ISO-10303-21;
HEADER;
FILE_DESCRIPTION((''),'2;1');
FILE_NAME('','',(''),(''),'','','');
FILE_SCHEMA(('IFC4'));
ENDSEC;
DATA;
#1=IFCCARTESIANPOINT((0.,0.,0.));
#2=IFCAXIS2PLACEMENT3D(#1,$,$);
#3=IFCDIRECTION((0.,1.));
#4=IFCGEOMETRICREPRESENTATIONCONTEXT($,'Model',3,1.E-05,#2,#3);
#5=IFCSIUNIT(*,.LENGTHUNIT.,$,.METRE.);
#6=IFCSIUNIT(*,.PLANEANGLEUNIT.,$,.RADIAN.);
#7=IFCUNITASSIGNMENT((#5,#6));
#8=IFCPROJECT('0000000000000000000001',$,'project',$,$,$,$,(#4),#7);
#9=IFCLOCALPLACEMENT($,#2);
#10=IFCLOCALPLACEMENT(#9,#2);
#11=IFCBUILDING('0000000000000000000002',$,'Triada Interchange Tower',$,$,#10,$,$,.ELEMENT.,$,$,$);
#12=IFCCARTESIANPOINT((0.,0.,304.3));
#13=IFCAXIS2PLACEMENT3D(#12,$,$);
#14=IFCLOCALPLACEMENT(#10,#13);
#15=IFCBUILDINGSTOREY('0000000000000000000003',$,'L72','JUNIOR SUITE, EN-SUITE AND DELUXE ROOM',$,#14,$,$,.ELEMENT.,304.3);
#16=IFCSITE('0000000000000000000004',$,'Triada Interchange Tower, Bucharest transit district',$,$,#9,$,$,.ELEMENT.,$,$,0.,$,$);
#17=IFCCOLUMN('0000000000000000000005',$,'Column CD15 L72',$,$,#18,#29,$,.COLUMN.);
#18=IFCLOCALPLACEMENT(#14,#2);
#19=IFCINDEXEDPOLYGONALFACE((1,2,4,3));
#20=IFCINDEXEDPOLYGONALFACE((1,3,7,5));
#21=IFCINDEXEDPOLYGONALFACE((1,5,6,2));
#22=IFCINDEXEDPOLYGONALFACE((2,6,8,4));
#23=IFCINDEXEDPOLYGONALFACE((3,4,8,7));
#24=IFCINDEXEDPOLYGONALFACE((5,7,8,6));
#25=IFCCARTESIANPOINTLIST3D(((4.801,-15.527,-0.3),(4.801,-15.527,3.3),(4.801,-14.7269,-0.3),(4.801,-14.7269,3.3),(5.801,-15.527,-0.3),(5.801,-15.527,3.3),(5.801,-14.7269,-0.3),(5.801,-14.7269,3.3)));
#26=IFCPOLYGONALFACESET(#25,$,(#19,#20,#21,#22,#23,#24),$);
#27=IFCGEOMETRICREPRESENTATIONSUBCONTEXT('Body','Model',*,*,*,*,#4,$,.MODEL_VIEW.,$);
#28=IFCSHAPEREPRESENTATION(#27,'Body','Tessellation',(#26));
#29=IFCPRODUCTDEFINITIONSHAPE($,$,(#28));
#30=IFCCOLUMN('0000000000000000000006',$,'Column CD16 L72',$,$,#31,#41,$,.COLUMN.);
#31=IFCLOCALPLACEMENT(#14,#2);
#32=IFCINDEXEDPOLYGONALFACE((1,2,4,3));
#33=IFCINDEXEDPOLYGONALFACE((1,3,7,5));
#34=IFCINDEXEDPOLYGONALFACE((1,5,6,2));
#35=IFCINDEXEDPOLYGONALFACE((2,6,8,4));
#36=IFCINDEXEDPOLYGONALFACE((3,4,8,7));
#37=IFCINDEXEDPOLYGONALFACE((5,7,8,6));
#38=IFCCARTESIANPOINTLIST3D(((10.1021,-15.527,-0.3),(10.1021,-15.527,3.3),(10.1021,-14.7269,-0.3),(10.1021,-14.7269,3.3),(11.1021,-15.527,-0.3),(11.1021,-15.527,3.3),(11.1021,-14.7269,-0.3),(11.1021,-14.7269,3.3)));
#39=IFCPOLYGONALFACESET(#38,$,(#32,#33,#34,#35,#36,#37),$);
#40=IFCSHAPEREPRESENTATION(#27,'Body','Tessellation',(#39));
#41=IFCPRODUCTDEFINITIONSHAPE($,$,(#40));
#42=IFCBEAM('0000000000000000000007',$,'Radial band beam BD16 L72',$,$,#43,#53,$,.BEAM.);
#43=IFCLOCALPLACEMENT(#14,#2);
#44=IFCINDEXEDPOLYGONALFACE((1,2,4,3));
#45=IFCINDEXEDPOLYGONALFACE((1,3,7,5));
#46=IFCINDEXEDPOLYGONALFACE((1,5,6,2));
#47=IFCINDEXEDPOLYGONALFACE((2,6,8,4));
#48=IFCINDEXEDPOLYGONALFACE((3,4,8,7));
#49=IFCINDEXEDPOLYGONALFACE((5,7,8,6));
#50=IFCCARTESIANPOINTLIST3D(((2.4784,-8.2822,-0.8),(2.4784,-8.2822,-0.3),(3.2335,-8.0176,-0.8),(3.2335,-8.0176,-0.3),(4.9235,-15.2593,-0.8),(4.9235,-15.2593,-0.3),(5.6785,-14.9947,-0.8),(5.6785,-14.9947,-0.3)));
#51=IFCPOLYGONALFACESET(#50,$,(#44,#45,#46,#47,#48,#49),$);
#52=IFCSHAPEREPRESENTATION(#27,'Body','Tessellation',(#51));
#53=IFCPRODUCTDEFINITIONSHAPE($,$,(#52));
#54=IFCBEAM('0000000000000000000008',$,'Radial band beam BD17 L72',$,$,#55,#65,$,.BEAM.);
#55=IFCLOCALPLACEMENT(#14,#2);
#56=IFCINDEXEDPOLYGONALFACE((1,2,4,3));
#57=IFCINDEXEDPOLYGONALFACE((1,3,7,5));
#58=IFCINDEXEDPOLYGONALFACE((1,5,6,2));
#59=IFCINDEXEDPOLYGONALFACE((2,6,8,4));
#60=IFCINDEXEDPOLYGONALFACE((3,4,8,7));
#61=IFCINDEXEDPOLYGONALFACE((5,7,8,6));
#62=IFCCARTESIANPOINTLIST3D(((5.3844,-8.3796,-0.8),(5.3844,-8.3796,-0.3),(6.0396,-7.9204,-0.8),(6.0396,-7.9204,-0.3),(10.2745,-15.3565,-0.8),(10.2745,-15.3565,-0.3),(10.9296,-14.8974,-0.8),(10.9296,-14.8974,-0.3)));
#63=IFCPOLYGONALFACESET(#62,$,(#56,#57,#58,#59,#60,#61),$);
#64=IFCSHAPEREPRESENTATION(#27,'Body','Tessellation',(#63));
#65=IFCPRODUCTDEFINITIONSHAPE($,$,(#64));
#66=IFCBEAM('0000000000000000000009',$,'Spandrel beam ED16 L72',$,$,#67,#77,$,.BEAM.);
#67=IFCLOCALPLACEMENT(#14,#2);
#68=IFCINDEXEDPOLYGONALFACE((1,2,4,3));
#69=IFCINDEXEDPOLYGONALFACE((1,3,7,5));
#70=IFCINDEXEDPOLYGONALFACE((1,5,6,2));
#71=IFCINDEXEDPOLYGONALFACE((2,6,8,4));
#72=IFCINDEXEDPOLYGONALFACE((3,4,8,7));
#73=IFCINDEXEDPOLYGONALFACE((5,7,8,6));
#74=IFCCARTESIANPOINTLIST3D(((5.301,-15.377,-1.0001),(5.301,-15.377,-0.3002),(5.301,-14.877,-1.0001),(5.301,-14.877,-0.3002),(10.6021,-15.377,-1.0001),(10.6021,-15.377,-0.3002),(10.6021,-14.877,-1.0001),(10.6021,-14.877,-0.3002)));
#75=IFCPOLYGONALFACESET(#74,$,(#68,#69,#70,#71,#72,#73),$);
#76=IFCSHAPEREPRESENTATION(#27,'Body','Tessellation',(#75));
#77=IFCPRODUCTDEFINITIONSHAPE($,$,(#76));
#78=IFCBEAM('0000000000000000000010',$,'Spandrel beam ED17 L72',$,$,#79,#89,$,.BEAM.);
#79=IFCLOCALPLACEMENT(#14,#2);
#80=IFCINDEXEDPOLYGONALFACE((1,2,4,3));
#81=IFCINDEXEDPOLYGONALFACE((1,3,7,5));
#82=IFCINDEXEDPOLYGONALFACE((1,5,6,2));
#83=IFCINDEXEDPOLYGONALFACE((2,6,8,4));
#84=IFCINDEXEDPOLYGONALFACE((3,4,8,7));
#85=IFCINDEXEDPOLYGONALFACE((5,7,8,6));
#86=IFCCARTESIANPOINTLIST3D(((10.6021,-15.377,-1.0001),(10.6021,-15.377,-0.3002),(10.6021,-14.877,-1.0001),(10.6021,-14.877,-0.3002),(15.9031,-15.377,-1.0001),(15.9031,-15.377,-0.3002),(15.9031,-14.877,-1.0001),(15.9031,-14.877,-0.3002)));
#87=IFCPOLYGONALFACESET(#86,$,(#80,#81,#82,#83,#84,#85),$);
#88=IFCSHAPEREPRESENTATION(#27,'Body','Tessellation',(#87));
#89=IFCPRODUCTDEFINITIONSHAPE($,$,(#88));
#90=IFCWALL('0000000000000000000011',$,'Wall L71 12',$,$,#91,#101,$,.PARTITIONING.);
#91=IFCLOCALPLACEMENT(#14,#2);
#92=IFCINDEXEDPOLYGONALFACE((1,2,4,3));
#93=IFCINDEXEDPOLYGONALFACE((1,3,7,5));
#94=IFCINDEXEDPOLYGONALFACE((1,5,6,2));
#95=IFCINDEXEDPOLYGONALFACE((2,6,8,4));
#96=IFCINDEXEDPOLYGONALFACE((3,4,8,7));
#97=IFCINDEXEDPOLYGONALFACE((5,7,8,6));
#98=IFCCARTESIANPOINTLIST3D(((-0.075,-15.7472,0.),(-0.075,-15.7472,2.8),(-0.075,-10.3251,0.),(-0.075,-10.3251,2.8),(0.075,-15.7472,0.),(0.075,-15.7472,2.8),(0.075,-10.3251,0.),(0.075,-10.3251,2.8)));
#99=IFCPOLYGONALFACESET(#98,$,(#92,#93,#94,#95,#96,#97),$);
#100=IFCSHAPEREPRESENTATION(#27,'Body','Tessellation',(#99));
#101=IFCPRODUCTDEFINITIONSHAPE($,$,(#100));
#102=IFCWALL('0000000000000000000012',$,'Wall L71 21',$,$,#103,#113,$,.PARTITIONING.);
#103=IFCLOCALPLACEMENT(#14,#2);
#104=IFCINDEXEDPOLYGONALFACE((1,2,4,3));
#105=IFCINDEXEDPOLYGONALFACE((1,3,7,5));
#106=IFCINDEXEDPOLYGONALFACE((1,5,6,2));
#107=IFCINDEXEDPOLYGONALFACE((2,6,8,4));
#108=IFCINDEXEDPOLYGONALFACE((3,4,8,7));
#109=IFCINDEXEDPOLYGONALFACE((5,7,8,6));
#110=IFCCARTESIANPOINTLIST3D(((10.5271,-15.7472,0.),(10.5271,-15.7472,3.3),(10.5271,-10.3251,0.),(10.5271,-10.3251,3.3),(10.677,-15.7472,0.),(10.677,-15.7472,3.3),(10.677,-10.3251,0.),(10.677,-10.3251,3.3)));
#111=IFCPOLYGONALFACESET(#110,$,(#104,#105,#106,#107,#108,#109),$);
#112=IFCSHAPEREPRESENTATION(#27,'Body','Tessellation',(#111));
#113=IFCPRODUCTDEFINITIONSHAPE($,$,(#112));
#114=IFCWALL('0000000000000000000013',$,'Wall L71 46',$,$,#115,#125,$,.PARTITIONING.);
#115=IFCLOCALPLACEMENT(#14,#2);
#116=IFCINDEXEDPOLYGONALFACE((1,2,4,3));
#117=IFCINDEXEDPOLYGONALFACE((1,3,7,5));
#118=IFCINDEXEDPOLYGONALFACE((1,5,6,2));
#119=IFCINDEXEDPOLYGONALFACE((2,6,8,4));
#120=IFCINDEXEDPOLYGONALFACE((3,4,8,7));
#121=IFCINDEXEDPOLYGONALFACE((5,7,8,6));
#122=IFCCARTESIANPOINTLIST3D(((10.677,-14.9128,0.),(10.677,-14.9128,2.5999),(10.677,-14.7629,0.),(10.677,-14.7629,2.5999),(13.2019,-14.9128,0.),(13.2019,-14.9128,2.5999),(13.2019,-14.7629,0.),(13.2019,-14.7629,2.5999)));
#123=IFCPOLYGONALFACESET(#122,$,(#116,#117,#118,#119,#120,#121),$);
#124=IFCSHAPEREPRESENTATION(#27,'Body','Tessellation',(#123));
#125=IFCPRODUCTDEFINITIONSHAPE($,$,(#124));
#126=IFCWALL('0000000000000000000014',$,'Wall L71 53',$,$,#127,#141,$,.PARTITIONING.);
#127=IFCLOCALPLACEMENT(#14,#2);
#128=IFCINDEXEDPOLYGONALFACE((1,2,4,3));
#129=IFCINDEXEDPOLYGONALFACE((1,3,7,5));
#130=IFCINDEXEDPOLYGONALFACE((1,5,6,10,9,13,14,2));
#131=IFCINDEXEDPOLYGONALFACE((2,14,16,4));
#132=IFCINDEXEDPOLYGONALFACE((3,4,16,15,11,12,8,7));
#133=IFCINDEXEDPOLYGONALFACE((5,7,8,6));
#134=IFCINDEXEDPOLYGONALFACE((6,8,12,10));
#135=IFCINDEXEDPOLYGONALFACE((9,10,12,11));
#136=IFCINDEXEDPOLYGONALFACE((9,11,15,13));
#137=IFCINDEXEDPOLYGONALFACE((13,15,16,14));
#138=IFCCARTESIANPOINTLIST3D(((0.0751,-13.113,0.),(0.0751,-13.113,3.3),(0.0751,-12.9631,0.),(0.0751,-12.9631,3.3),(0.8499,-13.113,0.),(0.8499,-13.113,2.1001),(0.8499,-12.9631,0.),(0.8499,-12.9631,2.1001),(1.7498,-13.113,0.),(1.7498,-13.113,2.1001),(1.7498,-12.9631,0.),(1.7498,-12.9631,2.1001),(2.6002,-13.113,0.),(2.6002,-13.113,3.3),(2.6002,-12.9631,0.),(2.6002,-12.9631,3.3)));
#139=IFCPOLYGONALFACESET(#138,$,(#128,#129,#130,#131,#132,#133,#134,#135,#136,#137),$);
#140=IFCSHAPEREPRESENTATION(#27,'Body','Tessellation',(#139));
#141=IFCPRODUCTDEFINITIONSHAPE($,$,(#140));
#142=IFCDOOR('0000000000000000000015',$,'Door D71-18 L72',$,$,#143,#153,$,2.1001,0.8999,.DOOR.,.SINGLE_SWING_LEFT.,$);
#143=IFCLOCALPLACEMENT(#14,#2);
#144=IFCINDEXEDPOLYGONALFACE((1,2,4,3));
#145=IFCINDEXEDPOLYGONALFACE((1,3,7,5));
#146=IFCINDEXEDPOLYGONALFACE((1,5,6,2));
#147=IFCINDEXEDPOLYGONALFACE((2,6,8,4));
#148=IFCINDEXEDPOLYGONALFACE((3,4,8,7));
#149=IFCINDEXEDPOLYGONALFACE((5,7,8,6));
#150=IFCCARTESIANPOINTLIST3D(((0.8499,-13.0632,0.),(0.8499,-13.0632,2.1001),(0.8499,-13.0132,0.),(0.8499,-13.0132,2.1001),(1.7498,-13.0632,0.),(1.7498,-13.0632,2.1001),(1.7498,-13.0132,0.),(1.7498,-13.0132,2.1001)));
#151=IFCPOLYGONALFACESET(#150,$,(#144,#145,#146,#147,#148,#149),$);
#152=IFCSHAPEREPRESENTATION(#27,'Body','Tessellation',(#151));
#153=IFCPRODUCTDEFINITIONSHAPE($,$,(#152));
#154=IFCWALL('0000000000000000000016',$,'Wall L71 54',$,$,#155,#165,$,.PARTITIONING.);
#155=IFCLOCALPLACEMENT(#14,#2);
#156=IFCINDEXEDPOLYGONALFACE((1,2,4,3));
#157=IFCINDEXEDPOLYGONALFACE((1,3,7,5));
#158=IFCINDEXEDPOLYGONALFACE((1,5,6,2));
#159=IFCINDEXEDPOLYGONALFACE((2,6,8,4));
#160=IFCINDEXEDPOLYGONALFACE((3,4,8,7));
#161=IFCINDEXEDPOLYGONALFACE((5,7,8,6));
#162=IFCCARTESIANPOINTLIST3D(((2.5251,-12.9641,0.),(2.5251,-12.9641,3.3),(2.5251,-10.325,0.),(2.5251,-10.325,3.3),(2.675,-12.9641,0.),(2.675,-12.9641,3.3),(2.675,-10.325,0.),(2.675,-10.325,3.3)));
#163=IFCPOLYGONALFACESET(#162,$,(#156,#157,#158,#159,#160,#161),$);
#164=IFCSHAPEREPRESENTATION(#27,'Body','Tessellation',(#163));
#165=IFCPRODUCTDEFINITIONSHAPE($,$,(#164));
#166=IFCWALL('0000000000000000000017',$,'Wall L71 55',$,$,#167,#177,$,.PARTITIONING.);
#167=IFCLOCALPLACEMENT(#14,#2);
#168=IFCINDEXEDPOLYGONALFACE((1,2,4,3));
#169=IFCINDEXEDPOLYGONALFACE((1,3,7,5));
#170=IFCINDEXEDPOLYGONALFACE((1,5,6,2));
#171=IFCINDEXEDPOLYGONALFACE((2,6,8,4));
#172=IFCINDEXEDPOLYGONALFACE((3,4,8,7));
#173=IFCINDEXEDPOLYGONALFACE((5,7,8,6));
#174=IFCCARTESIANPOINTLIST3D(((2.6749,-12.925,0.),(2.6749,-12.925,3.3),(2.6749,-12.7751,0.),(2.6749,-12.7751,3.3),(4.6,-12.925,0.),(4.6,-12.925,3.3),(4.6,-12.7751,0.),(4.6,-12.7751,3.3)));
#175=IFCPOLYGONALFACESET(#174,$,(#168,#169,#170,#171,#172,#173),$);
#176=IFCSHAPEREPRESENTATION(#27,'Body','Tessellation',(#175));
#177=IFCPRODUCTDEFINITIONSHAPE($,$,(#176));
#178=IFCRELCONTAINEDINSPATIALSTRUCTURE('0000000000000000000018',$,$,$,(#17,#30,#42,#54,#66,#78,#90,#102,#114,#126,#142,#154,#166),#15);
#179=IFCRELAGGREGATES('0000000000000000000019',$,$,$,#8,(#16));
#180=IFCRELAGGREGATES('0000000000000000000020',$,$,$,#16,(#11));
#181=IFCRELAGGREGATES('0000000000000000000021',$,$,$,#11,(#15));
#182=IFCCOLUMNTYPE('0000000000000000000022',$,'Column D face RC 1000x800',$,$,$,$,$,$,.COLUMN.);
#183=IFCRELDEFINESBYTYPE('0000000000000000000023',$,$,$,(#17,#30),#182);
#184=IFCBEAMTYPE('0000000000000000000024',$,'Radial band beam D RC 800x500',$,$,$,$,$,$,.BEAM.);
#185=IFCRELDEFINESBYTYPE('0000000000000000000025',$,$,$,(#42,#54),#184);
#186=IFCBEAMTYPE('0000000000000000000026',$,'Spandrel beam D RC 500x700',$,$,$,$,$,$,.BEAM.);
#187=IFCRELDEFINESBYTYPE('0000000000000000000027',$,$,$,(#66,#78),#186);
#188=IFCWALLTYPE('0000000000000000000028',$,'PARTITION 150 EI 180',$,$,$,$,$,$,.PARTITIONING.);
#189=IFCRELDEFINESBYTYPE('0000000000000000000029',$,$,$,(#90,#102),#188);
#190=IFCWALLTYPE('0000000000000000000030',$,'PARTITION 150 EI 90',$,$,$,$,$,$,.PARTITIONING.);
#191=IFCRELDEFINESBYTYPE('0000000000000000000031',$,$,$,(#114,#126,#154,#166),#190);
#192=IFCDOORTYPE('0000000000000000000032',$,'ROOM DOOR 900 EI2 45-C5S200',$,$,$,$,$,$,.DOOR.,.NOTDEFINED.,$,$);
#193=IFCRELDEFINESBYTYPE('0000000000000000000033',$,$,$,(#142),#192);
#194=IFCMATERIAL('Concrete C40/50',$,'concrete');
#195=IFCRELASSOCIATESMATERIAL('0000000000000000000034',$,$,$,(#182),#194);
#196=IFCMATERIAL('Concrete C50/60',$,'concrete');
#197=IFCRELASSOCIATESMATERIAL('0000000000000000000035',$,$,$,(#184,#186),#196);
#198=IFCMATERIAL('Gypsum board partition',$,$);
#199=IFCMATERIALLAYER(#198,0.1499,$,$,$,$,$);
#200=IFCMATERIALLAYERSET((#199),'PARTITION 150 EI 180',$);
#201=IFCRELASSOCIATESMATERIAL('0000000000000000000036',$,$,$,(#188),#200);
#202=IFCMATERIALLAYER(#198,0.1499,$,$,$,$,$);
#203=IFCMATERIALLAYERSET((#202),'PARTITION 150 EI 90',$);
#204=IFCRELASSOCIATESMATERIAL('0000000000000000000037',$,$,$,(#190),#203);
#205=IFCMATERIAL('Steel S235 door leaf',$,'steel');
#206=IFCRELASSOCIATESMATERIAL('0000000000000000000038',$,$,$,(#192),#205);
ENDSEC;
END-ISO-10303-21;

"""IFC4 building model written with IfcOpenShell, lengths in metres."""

from ifc_helpers import new_model, si_unit, direction, frame, frame_2d, origin, origin_2d, place, context, subcontext, project, spatial, rectangle, extrude, material, layer, layer_set, material_profile, profile_set, type_object, element, fill, save


model = new_model("IFC4")

# Units and contexts
model_context = context("Model", 3, precision=1e-05, world=origin(), true_north=direction((0.0, 1.0)))
body_context = subcontext(model_context, "Body", "Model", "MODEL_VIEW")
ifc_project = project(units=[si_unit("LENGTHUNIT", "METRE"), si_unit("PLANEANGLEUNIT", "RADIAN")], contexts=[model_context])

# Site, building, storey
site_placement = place(None, origin())
site = spatial("IfcSite", under=ifc_project, at=site_placement, Name="Triada Interchange Tower, Bucharest transit district", CompositionType="ELEMENT", RefElevation=0.0)
building_placement = place(site_placement, origin())
building = spatial("IfcBuilding", under=site, at=building_placement, Name="Triada Interchange Tower", CompositionType="ELEMENT")
storey_placement = place(building_placement, frame((0.0, 0.0, 304.3)))
storey = spatial("IfcBuildingStorey", under=building, at=storey_placement, Name="L72", Description="JUNIOR SUITE, EN-SUITE AND DELUXE ROOM", CompositionType="ELEMENT", Elevation=304.3)

# Columns
ifc_material_1 = material(Name="Concrete C40/50", Category="concrete")
ifc_material_profile_1 = material_profile(ifc_material_1, rectangle(XDim=1.0, YDim=0.8, at=origin_2d()), Name="RC 1000x800")
ifc_profile_set_1 = profile_set([ifc_material_profile_1], Name="Concrete C40/50")
column_type = type_object("IfcColumnType", Name="Column D face RC 1000x800", PredefinedType="COLUMN", material=ifc_profile_set_1)
for number, where, z_axis, x_axis, name in (
    (1, (5.301, -15.127, -0.3), (0.0, 0.0, 1.0), (1.0, 0.0, 0.0), "Column CD15 L72"),
    (2, (10.6021, -15.127, -0.3), (0.0, 0.0, 1.0), (1.0, 0.0, 0.0), "Column CD16 L72"),
):
    element("IfcColumn", number, at=place(storey_placement, frame(where, z_axis=z_axis, x_axis=x_axis)), inside=storey, type_object=column_type, Name=name, PredefinedType="COLUMN", context=body_context, shape_type="SweptSolid", body=[
        extrude(rectangle(XDim=1.0, YDim=0.8, at=origin_2d()), origin(), (0.0, 0.0, 1.0), 3.6001),
    ])

# Beams
ifc_material_2 = material(Name="Concrete C50/60", Category="concrete")
ifc_material_profile_2 = material_profile(ifc_material_2, rectangle(XDim=0.8, YDim=0.5, at=origin_2d()), Name="RC 800x500")
ifc_profile_set_2 = profile_set([ifc_material_profile_2], Name="Concrete C50/60")
beam_type_1 = type_object("IfcBeamType", Name="Radial band beam D RC 800x500", PredefinedType="BEAM", material=ifc_profile_set_2)
beam_1_placement = place(storey_placement, frame((5.301, -15.127, -0.55), z_axis=(-0.330724, 0.943728, 0.0), x_axis=(-0.943728, -0.330724, 0.0)))
element("IfcBeam", 3, at=beam_1_placement, inside=storey, type_object=beam_type_1, Name="Radial band beam BD16 L72", PredefinedType="BEAM", context=body_context, shape_type="SweptSolid", body=[
    extrude(rectangle(XDim=0.8, YDim=0.5, at=origin_2d()), origin(), (0.0, 0.0, 1.0), 7.3931),
])
beam_2_placement = place(storey_placement, frame((10.6021, -15.127, -0.55), z_axis=(-0.573951, 0.81889, 0.0), x_axis=(-0.81889, -0.573951, 0.0)))
element("IfcBeam", 4, at=beam_2_placement, inside=storey, type_object=beam_type_1, Name="Radial band beam BD17 L72", PredefinedType="BEAM", context=body_context, shape_type="SweptSolid", body=[
    extrude(rectangle(XDim=0.8, YDim=0.5, at=origin_2d()), origin(), (0.0, 0.0, 1.0), 8.52),
])
ifc_material_profile_3 = material_profile(ifc_material_2, rectangle(XDim=0.5, YDim=0.7, at=origin_2d()), Name="RC 500x700")
ifc_profile_set_3 = profile_set([ifc_material_profile_3], Name="Concrete C50/60")
beam_type_2 = type_object("IfcBeamType", Name="Spandrel beam D RC 500x700", PredefinedType="BEAM", material=ifc_profile_set_3)
for number, where, z_axis, x_axis, name in (
    (5, (5.301, -15.127, -0.6501), (1.0, 0.0, 0.0), (0.0, 1.0, 0.0), "Spandrel beam ED16 L72"),
    (6, (10.6021, -15.127, -0.6501), (1.0, 0.0, 0.0), (0.0, 1.0, 0.0), "Spandrel beam ED17 L72"),
):
    element("IfcBeam", number, at=place(storey_placement, frame(where, z_axis=z_axis, x_axis=x_axis)), inside=storey, type_object=beam_type_2, Name=name, PredefinedType="BEAM", context=body_context, shape_type="SweptSolid", body=[
        extrude(rectangle(XDim=0.5, YDim=0.7, at=origin_2d()), origin(), (0.0, 0.0, 1.0), 5.301),
    ])

# Walls
ifc_material_3 = material(Name="Gypsum board partition")
ifc_layer_1 = layer(ifc_material_3, 0.1499)
ifc_layer_set_1 = layer_set([ifc_layer_1], Name="PARTITION 150 EI 180")
wall_type_1 = type_object("IfcWallType", Name="PARTITION 150 EI 180", PredefinedType="PARTITIONING", material=ifc_layer_set_1)
wall_1_placement = place(storey_placement, frame((0.0, -15.7471, 0.0), z_axis=(0.0, 0.0, 1.0), x_axis=(0.0, 1.0, 0.0)))
element("IfcWall", 7, at=wall_1_placement, inside=storey, type_object=wall_type_1, Name="Wall L71 12", PredefinedType="PARTITIONING", context=body_context, shape_type="SweptSolid", body=[
    extrude(rectangle(XDim=5.4221, YDim=0.1499, at=frame_2d((2.7109, 0.0))), origin(), (0.0, 0.0, 1.0), 2.8),
])
wall_2_placement = place(storey_placement, frame((10.6021, -15.7471, 0.0), z_axis=(0.0, 0.0, 1.0), x_axis=(0.0, 1.0, 0.0)))
element("IfcWall", 8, at=wall_2_placement, inside=storey, type_object=wall_type_1, Name="Wall L71 21", PredefinedType="PARTITIONING", context=body_context, shape_type="SweptSolid", body=[
    extrude(rectangle(XDim=5.4221, YDim=0.1499, at=frame_2d((2.7109, 0.0))), origin(), (0.0, 0.0, 1.0), 3.3),
])
ifc_layer_2 = layer(ifc_material_3, 0.1499)
ifc_layer_set_2 = layer_set([ifc_layer_2], Name="PARTITION 150 EI 90")
wall_type_2 = type_object("IfcWallType", Name="PARTITION 150 EI 90", PredefinedType="PARTITIONING", material=ifc_layer_set_2)
wall_3_placement = place(storey_placement, frame((10.677, -14.8379, 0.0), z_axis=(0.0, 0.0, 1.0), x_axis=(1.0, 0.0, 0.0)))
element("IfcWall", 9, at=wall_3_placement, inside=storey, type_object=wall_type_2, Name="Wall L71 46", PredefinedType="PARTITIONING", context=body_context, shape_type="SweptSolid", body=[
    extrude(rectangle(XDim=2.5249, YDim=0.1499, at=frame_2d((1.2625, 0.0))), origin(), (0.0, 0.0, 1.0), 2.5999),
])

# Wall, opening, door
wall_4_placement = place(storey_placement, frame((0.075, -13.0381, 0.0), z_axis=(0.0, 0.0, 1.0), x_axis=(1.0, 0.0, 0.0)))
wall_4 = element("IfcWall", 10, at=wall_4_placement, inside=storey, type_object=wall_type_2, Name="Wall L71 53", PredefinedType="PARTITIONING", context=body_context, shape_type="SweptSolid", body=[
    extrude(rectangle(XDim=2.5251, YDim=0.1499, at=frame_2d((1.2627, 0.0))), origin(), (0.0, 0.0, 1.0), 3.3),
])
opening_1_placement = place(wall_4_placement, frame((0.7749, 0.0, 0.0)))
opening_1 = element("IfcOpeningElement", 11, at=opening_1_placement, cuts=wall_4, PredefinedType="OPENING", context=body_context, shape_type="SweptSolid", body=[
    extrude(rectangle(XDim=0.8999, YDim=2.1001, at=frame_2d((0.45, 1.05))), frame((0.0, 0.085, 0.0), z_axis=(0.0, -1.0, 0.0), x_axis=(1.0, 0.0, 0.0)), (0.0, 0.0, 1.0), 0.1699),
])
ifc_material_4 = material(Name="Steel S235 door leaf", Category="steel")
door_type_1 = type_object("IfcDoorType", Name="ROOM DOOR 900 EI2 45-C5S200", OperationType="NOTDEFINED", PredefinedType="DOOR", material=ifc_material_4)
door_1_placement = place(opening_1_placement, origin())
door_1 = element("IfcDoor", 12, at=door_1_placement, inside=storey, type_object=door_type_1, Name="Door D71-18 L72", OperationType="SINGLE_SWING_LEFT", OverallHeight=2.1001, OverallWidth=0.8999, PredefinedType="DOOR", context=body_context, shape_type="SweptSolid", body=[
    extrude(rectangle(XDim=0.8999, YDim=2.1001, at=frame_2d((0.45, 1.05))), frame((0.0, 0.0249, 0.0), z_axis=(0.0, -1.0, 0.0), x_axis=(1.0, 0.0, 0.0)), (0.0, 0.0, 1.0), 0.05),
])
fill(opening_1, door_1)

# Walls
wall_5_placement = place(storey_placement, frame((2.6001, -12.9641, 0.0), z_axis=(0.0, 0.0, 1.0), x_axis=(0.0, 1.0, 0.0)))
element("IfcWall", 13, at=wall_5_placement, inside=storey, type_object=wall_type_2, Name="Wall L71 54", PredefinedType="PARTITIONING", context=body_context, shape_type="SweptSolid", body=[
    extrude(rectangle(XDim=2.6392, YDim=0.1499, at=frame_2d((1.3196, 0.0))), origin(), (0.0, 0.0, 1.0), 3.3),
])
wall_6_placement = place(storey_placement, frame((2.675, -12.8501, 0.0), z_axis=(0.0, 0.0, 1.0), x_axis=(1.0, 0.0, 0.0)))
element("IfcWall", 14, at=wall_6_placement, inside=storey, type_object=wall_type_2, Name="Wall L71 55", PredefinedType="PARTITIONING", context=body_context, shape_type="SweptSolid", body=[
    extrude(rectangle(XDim=1.925, YDim=0.1499, at=frame_2d((0.9624, 0.0))), origin(), (0.0, 0.0, 1.0), 3.3),
])

save(model, "model.ifc")
